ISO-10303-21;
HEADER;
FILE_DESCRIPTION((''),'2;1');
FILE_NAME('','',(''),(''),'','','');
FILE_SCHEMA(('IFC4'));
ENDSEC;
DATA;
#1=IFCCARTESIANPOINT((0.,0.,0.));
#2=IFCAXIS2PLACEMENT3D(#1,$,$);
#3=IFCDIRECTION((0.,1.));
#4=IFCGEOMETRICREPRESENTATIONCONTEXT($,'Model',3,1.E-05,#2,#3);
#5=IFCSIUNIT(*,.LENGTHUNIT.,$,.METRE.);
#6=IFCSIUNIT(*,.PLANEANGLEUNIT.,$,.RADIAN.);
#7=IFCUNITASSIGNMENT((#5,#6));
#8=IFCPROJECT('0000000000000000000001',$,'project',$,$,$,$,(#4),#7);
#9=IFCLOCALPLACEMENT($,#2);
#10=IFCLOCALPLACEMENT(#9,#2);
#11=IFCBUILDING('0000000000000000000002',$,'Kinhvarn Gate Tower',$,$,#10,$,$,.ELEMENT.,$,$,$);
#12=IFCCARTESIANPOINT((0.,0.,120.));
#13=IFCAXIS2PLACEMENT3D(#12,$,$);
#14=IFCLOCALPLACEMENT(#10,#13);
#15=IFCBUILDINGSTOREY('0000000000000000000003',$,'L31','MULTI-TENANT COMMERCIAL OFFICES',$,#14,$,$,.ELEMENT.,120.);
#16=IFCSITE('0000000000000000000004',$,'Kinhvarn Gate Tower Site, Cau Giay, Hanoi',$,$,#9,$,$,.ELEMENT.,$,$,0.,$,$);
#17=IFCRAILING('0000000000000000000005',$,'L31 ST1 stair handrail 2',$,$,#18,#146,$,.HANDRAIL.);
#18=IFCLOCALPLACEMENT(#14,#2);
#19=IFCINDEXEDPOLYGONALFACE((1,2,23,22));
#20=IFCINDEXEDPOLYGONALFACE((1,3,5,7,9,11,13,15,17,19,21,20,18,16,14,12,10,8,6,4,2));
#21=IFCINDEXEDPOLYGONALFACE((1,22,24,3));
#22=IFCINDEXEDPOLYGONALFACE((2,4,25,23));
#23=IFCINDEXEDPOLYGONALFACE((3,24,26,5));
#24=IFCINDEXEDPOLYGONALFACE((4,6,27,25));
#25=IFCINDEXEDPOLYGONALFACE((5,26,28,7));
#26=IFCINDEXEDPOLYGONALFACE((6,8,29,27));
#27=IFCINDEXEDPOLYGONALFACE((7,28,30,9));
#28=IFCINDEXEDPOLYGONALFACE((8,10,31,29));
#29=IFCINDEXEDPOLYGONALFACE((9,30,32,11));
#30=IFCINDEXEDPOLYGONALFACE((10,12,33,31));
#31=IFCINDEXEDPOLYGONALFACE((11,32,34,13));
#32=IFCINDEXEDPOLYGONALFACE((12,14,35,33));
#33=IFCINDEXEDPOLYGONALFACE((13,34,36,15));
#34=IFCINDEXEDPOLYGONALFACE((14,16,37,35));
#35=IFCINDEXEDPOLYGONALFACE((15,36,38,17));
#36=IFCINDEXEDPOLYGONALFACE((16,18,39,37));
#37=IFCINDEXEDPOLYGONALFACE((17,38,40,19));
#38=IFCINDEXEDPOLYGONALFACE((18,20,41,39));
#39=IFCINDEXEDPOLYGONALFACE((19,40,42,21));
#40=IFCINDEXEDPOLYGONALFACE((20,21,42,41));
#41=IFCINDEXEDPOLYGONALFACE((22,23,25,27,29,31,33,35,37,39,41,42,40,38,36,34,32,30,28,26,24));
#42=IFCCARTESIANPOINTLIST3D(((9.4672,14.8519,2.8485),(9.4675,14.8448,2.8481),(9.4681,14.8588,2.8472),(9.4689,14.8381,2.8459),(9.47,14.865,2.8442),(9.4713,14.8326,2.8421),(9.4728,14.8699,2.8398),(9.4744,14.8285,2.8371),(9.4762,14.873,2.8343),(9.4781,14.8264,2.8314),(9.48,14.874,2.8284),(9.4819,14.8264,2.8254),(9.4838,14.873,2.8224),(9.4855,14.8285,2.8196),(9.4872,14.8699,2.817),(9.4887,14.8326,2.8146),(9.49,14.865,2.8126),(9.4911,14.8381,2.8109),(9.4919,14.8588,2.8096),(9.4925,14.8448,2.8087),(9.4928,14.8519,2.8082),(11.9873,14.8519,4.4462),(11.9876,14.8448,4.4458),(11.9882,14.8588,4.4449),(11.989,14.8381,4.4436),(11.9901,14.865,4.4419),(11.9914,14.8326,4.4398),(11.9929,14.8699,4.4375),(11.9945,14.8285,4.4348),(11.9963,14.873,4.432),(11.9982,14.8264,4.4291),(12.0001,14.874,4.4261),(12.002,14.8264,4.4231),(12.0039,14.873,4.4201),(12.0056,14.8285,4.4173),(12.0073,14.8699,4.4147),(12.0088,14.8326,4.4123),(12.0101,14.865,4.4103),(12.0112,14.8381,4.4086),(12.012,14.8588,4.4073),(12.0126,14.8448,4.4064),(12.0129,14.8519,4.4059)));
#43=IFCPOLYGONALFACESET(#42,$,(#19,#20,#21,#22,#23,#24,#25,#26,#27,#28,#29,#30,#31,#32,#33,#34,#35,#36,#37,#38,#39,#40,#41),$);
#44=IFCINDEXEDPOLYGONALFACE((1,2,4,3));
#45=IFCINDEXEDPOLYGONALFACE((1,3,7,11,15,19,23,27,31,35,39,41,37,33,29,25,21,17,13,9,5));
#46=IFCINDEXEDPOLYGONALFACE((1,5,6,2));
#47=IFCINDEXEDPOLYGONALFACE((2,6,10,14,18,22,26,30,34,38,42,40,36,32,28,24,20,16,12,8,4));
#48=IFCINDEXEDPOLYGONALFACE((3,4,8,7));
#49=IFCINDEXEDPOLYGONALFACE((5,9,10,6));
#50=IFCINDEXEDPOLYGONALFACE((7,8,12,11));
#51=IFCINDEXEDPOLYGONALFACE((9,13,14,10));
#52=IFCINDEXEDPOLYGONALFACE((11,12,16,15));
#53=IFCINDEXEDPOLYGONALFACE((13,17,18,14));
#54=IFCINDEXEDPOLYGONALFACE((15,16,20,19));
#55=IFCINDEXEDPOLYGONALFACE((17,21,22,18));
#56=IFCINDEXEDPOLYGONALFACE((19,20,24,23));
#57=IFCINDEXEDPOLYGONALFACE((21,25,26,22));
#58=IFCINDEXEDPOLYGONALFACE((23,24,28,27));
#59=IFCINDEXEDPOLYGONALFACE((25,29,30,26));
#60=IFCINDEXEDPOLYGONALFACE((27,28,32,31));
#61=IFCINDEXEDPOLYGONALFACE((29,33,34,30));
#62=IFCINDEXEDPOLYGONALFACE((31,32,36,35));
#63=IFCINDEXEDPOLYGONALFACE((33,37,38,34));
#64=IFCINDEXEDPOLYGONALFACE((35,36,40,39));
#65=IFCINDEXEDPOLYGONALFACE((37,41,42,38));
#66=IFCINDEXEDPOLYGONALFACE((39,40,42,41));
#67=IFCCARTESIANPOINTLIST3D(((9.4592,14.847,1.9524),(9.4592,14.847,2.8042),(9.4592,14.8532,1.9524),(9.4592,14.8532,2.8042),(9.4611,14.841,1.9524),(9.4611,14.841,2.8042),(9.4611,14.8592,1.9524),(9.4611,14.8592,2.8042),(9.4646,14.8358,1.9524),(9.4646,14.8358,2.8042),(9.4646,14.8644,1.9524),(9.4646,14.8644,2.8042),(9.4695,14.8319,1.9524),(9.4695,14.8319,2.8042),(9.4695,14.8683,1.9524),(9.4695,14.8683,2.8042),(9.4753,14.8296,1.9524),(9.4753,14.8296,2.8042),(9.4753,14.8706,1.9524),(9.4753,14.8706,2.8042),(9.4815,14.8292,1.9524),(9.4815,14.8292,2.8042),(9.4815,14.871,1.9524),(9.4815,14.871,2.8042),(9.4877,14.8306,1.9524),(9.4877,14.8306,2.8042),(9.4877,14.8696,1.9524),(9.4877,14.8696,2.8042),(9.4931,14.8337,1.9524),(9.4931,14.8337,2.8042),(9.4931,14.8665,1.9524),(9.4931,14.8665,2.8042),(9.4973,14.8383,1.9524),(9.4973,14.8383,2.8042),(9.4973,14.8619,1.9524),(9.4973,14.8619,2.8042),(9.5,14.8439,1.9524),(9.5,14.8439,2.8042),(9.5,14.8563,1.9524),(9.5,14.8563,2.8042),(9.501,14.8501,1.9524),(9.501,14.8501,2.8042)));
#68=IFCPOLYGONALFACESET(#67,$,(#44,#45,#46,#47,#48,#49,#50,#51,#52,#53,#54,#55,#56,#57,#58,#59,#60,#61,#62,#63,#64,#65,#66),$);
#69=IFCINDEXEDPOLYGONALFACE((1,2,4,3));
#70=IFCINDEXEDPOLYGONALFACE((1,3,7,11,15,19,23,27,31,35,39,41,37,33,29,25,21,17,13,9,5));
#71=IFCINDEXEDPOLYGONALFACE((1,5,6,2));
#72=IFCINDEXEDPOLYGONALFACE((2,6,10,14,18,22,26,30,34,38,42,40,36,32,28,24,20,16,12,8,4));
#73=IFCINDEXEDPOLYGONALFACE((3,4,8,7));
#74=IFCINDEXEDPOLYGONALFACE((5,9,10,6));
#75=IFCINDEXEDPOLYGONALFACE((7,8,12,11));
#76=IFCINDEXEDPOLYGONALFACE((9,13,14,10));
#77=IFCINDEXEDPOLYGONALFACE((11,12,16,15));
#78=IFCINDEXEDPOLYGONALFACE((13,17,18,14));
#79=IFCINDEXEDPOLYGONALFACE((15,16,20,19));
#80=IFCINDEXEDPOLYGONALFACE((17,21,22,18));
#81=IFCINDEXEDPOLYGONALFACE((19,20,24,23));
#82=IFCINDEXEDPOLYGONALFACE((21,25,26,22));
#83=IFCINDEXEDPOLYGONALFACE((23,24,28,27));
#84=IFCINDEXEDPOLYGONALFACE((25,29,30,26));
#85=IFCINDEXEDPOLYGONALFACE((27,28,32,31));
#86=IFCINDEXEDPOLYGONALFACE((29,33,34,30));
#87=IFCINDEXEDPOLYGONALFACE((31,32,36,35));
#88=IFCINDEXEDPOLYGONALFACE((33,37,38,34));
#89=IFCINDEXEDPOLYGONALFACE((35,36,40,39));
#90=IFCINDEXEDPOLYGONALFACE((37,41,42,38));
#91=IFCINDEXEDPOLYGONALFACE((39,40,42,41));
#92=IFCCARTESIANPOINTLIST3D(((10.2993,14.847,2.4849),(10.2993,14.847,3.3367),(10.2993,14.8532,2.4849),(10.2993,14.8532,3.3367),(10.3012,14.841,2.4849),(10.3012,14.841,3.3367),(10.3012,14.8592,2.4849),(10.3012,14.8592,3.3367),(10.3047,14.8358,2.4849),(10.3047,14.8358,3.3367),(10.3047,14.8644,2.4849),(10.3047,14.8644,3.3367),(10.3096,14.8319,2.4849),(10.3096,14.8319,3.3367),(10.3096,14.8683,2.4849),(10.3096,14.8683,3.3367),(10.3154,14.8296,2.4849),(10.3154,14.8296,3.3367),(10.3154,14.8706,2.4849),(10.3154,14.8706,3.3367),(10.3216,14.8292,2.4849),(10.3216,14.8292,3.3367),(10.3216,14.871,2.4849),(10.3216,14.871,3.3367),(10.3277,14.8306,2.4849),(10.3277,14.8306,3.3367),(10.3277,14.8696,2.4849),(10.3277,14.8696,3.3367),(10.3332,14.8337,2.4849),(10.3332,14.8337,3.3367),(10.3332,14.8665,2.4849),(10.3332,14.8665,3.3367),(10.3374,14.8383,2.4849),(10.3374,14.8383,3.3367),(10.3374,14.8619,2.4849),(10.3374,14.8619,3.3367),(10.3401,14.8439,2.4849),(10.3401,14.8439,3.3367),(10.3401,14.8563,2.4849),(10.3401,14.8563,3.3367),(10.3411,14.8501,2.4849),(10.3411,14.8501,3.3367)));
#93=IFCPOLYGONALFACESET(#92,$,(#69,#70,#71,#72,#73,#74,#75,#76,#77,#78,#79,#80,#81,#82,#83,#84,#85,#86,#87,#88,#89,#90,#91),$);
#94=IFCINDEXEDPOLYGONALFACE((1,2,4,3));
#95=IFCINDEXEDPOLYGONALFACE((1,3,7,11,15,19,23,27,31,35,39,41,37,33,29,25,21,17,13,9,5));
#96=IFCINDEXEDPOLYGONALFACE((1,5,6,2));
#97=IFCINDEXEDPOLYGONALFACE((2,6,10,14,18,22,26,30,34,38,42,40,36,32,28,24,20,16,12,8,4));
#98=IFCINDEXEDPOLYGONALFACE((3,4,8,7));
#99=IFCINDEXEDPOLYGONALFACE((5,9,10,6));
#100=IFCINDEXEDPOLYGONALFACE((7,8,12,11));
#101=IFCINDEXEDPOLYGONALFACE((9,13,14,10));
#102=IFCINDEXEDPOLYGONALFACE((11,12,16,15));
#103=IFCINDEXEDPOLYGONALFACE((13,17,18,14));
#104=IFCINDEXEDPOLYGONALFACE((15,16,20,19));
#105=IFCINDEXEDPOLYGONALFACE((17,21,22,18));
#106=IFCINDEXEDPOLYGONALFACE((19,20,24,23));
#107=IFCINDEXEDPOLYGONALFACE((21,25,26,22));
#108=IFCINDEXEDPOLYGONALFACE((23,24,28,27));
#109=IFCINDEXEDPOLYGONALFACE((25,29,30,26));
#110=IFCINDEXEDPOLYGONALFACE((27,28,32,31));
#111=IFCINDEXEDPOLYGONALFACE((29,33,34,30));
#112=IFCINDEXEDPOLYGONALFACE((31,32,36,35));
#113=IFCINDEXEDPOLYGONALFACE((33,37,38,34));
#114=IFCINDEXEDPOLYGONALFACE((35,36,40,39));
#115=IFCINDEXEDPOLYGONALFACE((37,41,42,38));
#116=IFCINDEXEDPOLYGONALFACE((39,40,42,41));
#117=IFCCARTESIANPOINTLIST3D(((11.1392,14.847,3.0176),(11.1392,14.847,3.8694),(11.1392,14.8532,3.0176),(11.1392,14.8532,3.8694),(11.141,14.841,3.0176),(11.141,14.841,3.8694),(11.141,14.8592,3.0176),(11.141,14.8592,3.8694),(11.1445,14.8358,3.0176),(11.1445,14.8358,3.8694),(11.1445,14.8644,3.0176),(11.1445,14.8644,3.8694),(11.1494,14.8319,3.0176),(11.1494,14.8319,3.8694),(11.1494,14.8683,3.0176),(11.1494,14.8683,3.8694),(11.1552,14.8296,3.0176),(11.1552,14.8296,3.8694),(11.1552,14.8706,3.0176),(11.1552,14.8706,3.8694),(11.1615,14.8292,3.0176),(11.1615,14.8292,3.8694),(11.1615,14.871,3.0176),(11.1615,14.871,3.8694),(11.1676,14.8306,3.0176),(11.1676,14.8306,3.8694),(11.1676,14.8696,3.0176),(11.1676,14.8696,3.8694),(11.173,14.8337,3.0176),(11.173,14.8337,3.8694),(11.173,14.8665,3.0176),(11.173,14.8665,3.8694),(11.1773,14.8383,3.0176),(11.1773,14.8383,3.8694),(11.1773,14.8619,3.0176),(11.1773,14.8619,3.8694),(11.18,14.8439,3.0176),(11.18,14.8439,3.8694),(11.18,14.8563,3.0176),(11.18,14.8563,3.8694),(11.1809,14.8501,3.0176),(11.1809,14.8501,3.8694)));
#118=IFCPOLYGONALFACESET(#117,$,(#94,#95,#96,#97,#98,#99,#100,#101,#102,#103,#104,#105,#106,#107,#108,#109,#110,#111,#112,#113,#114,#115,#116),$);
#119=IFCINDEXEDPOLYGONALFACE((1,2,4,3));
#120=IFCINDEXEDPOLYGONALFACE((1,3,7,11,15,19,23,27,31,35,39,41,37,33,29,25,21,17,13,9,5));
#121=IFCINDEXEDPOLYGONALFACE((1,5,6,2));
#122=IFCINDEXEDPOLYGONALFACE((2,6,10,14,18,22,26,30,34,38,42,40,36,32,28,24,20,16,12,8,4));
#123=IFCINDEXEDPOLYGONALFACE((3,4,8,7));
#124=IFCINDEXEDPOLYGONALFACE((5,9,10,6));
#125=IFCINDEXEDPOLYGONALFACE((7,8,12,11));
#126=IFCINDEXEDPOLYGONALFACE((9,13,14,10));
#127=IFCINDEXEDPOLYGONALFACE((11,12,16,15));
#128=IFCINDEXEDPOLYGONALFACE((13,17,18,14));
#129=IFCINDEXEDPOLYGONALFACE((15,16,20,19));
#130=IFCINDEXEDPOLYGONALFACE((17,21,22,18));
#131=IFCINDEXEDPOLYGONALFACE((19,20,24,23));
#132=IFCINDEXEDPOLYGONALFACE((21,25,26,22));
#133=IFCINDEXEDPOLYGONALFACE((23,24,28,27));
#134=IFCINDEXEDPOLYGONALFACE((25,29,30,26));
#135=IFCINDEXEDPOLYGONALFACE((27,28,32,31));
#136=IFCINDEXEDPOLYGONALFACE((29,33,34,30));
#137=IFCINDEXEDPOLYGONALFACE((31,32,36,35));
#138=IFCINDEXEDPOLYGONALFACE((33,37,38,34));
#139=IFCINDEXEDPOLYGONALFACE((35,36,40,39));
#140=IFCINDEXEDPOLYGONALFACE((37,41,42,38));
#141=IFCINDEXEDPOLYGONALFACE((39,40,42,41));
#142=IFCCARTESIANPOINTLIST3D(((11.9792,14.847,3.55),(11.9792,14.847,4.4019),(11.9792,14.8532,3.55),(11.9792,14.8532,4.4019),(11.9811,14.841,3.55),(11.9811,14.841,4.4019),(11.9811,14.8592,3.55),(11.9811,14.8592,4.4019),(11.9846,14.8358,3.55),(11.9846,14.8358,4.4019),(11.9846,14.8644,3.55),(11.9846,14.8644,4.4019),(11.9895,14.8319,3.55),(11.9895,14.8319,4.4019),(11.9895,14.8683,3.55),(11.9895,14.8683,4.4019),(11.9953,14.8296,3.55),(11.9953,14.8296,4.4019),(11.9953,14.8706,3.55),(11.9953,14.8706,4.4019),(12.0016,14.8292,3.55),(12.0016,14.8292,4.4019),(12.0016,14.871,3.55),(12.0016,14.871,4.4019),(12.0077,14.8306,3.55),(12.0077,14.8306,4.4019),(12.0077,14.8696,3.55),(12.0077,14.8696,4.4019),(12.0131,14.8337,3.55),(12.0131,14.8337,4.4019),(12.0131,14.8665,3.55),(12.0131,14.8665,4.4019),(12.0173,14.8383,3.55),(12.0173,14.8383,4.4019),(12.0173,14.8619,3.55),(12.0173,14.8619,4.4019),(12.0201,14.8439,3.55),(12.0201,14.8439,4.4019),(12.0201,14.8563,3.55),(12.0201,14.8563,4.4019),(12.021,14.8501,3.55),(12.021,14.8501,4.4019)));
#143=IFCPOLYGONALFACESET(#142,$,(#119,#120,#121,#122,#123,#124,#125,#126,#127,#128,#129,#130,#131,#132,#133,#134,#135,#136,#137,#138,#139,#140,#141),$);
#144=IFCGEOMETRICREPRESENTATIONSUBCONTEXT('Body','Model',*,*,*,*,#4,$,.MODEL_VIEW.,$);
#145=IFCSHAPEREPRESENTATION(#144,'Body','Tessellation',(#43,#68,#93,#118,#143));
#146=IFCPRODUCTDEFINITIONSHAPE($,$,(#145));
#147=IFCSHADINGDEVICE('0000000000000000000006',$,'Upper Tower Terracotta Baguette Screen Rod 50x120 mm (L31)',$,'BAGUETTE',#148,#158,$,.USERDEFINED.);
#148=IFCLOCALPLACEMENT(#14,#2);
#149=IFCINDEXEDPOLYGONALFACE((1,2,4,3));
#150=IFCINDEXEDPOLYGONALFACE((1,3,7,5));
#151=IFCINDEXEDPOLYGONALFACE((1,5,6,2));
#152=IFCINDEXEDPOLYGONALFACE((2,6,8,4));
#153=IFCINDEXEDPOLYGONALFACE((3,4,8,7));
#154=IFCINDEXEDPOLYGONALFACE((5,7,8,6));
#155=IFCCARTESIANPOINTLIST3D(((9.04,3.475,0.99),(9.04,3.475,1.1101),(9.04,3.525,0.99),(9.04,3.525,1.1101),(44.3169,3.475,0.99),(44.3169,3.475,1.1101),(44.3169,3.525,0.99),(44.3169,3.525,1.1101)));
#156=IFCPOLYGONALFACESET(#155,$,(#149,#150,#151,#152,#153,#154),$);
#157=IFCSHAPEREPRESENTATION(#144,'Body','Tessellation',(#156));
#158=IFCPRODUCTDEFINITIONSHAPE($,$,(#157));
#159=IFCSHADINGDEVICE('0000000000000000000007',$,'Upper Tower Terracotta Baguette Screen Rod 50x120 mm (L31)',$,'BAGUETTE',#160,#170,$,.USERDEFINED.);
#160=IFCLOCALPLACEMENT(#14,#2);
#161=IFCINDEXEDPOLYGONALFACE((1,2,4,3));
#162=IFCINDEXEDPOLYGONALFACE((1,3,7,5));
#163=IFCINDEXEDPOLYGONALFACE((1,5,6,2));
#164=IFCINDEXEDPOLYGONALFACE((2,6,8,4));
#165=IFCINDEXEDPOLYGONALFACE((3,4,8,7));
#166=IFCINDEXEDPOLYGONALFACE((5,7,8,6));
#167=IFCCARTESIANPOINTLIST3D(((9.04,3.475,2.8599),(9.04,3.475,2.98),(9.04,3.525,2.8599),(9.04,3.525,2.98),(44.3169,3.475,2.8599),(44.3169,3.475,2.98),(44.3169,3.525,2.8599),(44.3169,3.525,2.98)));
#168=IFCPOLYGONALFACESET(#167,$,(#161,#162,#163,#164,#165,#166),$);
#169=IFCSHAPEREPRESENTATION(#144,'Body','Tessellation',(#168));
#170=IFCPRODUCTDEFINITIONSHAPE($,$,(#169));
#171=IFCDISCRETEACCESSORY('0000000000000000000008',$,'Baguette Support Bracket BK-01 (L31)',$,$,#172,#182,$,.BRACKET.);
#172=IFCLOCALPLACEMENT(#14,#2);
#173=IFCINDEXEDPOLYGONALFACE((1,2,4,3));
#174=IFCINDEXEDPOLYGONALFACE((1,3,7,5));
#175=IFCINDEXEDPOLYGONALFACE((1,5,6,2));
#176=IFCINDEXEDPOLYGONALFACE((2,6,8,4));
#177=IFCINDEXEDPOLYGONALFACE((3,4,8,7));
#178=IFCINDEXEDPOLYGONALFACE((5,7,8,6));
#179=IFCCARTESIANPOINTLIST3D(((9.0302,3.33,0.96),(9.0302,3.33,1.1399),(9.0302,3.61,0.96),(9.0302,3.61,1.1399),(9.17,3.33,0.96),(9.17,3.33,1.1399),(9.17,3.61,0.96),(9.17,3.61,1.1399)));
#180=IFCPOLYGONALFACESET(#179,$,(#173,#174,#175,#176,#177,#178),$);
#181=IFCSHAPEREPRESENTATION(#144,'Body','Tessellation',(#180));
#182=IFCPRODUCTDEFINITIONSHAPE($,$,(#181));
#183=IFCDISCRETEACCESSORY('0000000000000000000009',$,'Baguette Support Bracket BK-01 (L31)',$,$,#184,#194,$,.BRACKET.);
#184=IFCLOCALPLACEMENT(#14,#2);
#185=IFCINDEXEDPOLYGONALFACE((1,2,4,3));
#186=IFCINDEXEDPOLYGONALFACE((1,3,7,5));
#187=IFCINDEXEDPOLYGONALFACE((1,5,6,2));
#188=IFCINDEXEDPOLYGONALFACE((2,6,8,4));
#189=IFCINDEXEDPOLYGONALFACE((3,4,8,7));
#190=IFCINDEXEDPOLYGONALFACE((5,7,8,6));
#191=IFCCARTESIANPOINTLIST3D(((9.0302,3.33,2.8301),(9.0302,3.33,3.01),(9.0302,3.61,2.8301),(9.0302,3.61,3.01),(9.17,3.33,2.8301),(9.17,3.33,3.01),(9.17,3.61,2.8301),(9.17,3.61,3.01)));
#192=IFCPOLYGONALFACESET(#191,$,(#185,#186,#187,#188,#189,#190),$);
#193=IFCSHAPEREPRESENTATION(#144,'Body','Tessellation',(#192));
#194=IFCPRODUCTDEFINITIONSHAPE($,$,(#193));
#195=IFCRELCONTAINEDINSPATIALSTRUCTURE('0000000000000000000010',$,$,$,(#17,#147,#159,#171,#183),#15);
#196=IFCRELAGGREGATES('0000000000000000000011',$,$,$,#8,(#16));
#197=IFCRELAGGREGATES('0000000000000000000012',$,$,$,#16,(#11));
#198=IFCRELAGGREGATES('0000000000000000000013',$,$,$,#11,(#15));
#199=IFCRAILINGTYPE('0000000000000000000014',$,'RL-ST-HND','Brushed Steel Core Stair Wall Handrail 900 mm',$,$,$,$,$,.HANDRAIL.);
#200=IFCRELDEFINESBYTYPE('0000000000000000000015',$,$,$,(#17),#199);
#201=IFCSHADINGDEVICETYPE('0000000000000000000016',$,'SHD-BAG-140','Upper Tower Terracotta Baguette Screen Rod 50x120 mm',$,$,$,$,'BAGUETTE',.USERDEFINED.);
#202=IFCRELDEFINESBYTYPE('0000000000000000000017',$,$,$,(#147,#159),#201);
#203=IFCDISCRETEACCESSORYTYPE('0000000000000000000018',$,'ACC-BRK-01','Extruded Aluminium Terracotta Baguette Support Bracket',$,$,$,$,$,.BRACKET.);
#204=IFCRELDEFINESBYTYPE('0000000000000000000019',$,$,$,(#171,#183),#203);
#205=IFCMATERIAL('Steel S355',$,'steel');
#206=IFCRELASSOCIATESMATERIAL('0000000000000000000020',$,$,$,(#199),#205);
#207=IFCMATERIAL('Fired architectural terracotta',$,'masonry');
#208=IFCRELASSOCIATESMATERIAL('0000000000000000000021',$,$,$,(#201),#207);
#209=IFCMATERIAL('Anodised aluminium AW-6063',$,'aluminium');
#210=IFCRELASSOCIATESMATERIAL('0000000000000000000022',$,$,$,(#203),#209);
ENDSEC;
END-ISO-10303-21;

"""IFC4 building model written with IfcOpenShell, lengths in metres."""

from ifc_helpers import new_model, si_unit, direction, frame, origin, origin_2d, place, context, subcontext, project, spatial, rectangle, circle, extrude, material, material_profile, profile_set, type_object, element, save


model = new_model("IFC4")

# Units and contexts
model_context = context("Model", 3, precision=1e-05, world=origin(), true_north=direction((0.0, 1.0)))
body_context = subcontext(model_context, "Body", "Model", "MODEL_VIEW")
ifc_project = project(units=[si_unit("LENGTHUNIT", "METRE"), si_unit("PLANEANGLEUNIT", "RADIAN")], contexts=[model_context])

# Site, building, storey
site_placement = place(None, origin())
site = spatial("IfcSite", under=ifc_project, at=site_placement, Name="Kinhvarn Gate Tower Site, Cau Giay, Hanoi", CompositionType="ELEMENT", RefElevation=0.0)
building_placement = place(site_placement, origin())
building = spatial("IfcBuilding", under=site, at=building_placement, Name="Kinhvarn Gate Tower", CompositionType="ELEMENT")
storey_placement = place(building_placement, frame((0.0, 0.0, 120.0)))
storey = spatial("IfcBuildingStorey", under=building, at=storey_placement, Name="L31", Description="MULTI-TENANT COMMERCIAL OFFICES", CompositionType="ELEMENT", Elevation=120.0)

# Shared definitions
ifc_material_1 = material(Name="Anodised aluminium AW-6063", Category="aluminium")

# Shared definitions
ifc_material_2 = material(Name="Steel S355", Category="steel")

# Shared definitions
ifc_material_3 = material(Name="Fired architectural terracotta", Category="masonry")

# Railing
railing_type_1 = type_object("IfcRailingType", Name="RL-ST-HND", Description="Brushed Steel Core Stair Wall Handrail 900 mm", PredefinedType="HANDRAIL", material=ifc_material_2)
railing_1_placement = place(storey_placement, frame((9.48, 14.8501, 1.9524)))
element("IfcRailing", 1, at=railing_1_placement, inside=storey, type_object=railing_type_1, Name="L31 ST1 stair handrail 2", PredefinedType="HANDRAIL", context=body_context, shape_type="SweptSolid", body=[
    extrude(circle(Radius=0.0239, at=origin_2d()), frame((0.0, 0.0, 0.876), z_axis=(0.84457, 0.0, 0.535445), x_axis=(0.0, 1.0, 0.0)), (0.0, 0.0, 1.0), 2.9839),
    extrude(circle(Radius=0.021, at=origin_2d()), origin(), (0.0, 0.0, 1.0), 0.8518),
    extrude(circle(Radius=0.021, at=origin_2d()), frame((0.8401, 0.0, 0.5325)), (0.0, 0.0, 1.0), 0.8518),
    extrude(circle(Radius=0.021, at=origin_2d()), frame((1.6799, 0.0, 1.0652)), (0.0, 0.0, 1.0), 0.8518),
    extrude(circle(Radius=0.021, at=origin_2d()), frame((2.52, 0.0, 1.5977)), (0.0, 0.0, 1.0), 0.8518),
])

# Shading devices
ifc_material_profile_1 = material_profile(ifc_material_3, rectangle(XDim=0.05, YDim=0.1201, at=origin_2d()), Name="TC 50x120")
ifc_profile_set_1 = profile_set([ifc_material_profile_1], Name="Fired architectural terracotta")
shading_device_type = type_object("IfcShadingDeviceType", Name="SHD-BAG-140", Description="Upper Tower Terracotta Baguette Screen Rod 50x120 mm", ElementType="BAGUETTE", PredefinedType="USERDEFINED", material=ifc_profile_set_1)
for number, where, z_axis, x_axis, name in (
    (2, (9.04, 3.5, 1.05), (1.0, 0.0, 0.0), (0.0, 1.0, 0.0), "Upper Tower Terracotta Baguette Screen Rod 50x120 mm (L31)"),
    (3, (9.04, 3.5, 2.9199), (1.0, 0.0, 0.0), (0.0, 1.0, 0.0), "Upper Tower Terracotta Baguette Screen Rod 50x120 mm (L31)"),
):
    element("IfcShadingDevice", number, at=place(storey_placement, frame(where, z_axis=z_axis, x_axis=x_axis)), inside=storey, type_object=shading_device_type, Name=name, ObjectType="BAGUETTE", PredefinedType="USERDEFINED", context=body_context, shape_type="SweptSolid", body=[
        extrude(rectangle(XDim=0.05, YDim=0.1201, at=origin_2d()), origin(), (0.0, 0.0, 1.0), 35.2769),
    ])

# Discrete accessories
discrete_accessory_type = type_object("IfcDiscreteAccessoryType", Name="ACC-BRK-01", Description="Extruded Aluminium Terracotta Baguette Support Bracket", PredefinedType="BRACKET", material=ifc_material_1)
for number, where, z_axis, x_axis, name in (
    (4, (9.1001, 3.47, 0.96), (0.0, 0.0, 1.0), (1.0, 0.0, 0.0), "Baguette Support Bracket BK-01 (L31)"),
    (5, (9.1001, 3.47, 2.8301), (0.0, 0.0, 1.0), (1.0, 0.0, 0.0), "Baguette Support Bracket BK-01 (L31)"),
):
    element("IfcDiscreteAccessory", number, at=place(storey_placement, frame(where, z_axis=z_axis, x_axis=x_axis)), inside=storey, type_object=discrete_accessory_type, Name=name, PredefinedType="BRACKET", context=body_context, shape_type="SweptSolid", body=[
        extrude(rectangle(XDim=0.1399, YDim=0.28, at=origin_2d()), origin(), (0.0, 0.0, 1.0), 0.1799),
    ])

save(model, "model.ifc")
